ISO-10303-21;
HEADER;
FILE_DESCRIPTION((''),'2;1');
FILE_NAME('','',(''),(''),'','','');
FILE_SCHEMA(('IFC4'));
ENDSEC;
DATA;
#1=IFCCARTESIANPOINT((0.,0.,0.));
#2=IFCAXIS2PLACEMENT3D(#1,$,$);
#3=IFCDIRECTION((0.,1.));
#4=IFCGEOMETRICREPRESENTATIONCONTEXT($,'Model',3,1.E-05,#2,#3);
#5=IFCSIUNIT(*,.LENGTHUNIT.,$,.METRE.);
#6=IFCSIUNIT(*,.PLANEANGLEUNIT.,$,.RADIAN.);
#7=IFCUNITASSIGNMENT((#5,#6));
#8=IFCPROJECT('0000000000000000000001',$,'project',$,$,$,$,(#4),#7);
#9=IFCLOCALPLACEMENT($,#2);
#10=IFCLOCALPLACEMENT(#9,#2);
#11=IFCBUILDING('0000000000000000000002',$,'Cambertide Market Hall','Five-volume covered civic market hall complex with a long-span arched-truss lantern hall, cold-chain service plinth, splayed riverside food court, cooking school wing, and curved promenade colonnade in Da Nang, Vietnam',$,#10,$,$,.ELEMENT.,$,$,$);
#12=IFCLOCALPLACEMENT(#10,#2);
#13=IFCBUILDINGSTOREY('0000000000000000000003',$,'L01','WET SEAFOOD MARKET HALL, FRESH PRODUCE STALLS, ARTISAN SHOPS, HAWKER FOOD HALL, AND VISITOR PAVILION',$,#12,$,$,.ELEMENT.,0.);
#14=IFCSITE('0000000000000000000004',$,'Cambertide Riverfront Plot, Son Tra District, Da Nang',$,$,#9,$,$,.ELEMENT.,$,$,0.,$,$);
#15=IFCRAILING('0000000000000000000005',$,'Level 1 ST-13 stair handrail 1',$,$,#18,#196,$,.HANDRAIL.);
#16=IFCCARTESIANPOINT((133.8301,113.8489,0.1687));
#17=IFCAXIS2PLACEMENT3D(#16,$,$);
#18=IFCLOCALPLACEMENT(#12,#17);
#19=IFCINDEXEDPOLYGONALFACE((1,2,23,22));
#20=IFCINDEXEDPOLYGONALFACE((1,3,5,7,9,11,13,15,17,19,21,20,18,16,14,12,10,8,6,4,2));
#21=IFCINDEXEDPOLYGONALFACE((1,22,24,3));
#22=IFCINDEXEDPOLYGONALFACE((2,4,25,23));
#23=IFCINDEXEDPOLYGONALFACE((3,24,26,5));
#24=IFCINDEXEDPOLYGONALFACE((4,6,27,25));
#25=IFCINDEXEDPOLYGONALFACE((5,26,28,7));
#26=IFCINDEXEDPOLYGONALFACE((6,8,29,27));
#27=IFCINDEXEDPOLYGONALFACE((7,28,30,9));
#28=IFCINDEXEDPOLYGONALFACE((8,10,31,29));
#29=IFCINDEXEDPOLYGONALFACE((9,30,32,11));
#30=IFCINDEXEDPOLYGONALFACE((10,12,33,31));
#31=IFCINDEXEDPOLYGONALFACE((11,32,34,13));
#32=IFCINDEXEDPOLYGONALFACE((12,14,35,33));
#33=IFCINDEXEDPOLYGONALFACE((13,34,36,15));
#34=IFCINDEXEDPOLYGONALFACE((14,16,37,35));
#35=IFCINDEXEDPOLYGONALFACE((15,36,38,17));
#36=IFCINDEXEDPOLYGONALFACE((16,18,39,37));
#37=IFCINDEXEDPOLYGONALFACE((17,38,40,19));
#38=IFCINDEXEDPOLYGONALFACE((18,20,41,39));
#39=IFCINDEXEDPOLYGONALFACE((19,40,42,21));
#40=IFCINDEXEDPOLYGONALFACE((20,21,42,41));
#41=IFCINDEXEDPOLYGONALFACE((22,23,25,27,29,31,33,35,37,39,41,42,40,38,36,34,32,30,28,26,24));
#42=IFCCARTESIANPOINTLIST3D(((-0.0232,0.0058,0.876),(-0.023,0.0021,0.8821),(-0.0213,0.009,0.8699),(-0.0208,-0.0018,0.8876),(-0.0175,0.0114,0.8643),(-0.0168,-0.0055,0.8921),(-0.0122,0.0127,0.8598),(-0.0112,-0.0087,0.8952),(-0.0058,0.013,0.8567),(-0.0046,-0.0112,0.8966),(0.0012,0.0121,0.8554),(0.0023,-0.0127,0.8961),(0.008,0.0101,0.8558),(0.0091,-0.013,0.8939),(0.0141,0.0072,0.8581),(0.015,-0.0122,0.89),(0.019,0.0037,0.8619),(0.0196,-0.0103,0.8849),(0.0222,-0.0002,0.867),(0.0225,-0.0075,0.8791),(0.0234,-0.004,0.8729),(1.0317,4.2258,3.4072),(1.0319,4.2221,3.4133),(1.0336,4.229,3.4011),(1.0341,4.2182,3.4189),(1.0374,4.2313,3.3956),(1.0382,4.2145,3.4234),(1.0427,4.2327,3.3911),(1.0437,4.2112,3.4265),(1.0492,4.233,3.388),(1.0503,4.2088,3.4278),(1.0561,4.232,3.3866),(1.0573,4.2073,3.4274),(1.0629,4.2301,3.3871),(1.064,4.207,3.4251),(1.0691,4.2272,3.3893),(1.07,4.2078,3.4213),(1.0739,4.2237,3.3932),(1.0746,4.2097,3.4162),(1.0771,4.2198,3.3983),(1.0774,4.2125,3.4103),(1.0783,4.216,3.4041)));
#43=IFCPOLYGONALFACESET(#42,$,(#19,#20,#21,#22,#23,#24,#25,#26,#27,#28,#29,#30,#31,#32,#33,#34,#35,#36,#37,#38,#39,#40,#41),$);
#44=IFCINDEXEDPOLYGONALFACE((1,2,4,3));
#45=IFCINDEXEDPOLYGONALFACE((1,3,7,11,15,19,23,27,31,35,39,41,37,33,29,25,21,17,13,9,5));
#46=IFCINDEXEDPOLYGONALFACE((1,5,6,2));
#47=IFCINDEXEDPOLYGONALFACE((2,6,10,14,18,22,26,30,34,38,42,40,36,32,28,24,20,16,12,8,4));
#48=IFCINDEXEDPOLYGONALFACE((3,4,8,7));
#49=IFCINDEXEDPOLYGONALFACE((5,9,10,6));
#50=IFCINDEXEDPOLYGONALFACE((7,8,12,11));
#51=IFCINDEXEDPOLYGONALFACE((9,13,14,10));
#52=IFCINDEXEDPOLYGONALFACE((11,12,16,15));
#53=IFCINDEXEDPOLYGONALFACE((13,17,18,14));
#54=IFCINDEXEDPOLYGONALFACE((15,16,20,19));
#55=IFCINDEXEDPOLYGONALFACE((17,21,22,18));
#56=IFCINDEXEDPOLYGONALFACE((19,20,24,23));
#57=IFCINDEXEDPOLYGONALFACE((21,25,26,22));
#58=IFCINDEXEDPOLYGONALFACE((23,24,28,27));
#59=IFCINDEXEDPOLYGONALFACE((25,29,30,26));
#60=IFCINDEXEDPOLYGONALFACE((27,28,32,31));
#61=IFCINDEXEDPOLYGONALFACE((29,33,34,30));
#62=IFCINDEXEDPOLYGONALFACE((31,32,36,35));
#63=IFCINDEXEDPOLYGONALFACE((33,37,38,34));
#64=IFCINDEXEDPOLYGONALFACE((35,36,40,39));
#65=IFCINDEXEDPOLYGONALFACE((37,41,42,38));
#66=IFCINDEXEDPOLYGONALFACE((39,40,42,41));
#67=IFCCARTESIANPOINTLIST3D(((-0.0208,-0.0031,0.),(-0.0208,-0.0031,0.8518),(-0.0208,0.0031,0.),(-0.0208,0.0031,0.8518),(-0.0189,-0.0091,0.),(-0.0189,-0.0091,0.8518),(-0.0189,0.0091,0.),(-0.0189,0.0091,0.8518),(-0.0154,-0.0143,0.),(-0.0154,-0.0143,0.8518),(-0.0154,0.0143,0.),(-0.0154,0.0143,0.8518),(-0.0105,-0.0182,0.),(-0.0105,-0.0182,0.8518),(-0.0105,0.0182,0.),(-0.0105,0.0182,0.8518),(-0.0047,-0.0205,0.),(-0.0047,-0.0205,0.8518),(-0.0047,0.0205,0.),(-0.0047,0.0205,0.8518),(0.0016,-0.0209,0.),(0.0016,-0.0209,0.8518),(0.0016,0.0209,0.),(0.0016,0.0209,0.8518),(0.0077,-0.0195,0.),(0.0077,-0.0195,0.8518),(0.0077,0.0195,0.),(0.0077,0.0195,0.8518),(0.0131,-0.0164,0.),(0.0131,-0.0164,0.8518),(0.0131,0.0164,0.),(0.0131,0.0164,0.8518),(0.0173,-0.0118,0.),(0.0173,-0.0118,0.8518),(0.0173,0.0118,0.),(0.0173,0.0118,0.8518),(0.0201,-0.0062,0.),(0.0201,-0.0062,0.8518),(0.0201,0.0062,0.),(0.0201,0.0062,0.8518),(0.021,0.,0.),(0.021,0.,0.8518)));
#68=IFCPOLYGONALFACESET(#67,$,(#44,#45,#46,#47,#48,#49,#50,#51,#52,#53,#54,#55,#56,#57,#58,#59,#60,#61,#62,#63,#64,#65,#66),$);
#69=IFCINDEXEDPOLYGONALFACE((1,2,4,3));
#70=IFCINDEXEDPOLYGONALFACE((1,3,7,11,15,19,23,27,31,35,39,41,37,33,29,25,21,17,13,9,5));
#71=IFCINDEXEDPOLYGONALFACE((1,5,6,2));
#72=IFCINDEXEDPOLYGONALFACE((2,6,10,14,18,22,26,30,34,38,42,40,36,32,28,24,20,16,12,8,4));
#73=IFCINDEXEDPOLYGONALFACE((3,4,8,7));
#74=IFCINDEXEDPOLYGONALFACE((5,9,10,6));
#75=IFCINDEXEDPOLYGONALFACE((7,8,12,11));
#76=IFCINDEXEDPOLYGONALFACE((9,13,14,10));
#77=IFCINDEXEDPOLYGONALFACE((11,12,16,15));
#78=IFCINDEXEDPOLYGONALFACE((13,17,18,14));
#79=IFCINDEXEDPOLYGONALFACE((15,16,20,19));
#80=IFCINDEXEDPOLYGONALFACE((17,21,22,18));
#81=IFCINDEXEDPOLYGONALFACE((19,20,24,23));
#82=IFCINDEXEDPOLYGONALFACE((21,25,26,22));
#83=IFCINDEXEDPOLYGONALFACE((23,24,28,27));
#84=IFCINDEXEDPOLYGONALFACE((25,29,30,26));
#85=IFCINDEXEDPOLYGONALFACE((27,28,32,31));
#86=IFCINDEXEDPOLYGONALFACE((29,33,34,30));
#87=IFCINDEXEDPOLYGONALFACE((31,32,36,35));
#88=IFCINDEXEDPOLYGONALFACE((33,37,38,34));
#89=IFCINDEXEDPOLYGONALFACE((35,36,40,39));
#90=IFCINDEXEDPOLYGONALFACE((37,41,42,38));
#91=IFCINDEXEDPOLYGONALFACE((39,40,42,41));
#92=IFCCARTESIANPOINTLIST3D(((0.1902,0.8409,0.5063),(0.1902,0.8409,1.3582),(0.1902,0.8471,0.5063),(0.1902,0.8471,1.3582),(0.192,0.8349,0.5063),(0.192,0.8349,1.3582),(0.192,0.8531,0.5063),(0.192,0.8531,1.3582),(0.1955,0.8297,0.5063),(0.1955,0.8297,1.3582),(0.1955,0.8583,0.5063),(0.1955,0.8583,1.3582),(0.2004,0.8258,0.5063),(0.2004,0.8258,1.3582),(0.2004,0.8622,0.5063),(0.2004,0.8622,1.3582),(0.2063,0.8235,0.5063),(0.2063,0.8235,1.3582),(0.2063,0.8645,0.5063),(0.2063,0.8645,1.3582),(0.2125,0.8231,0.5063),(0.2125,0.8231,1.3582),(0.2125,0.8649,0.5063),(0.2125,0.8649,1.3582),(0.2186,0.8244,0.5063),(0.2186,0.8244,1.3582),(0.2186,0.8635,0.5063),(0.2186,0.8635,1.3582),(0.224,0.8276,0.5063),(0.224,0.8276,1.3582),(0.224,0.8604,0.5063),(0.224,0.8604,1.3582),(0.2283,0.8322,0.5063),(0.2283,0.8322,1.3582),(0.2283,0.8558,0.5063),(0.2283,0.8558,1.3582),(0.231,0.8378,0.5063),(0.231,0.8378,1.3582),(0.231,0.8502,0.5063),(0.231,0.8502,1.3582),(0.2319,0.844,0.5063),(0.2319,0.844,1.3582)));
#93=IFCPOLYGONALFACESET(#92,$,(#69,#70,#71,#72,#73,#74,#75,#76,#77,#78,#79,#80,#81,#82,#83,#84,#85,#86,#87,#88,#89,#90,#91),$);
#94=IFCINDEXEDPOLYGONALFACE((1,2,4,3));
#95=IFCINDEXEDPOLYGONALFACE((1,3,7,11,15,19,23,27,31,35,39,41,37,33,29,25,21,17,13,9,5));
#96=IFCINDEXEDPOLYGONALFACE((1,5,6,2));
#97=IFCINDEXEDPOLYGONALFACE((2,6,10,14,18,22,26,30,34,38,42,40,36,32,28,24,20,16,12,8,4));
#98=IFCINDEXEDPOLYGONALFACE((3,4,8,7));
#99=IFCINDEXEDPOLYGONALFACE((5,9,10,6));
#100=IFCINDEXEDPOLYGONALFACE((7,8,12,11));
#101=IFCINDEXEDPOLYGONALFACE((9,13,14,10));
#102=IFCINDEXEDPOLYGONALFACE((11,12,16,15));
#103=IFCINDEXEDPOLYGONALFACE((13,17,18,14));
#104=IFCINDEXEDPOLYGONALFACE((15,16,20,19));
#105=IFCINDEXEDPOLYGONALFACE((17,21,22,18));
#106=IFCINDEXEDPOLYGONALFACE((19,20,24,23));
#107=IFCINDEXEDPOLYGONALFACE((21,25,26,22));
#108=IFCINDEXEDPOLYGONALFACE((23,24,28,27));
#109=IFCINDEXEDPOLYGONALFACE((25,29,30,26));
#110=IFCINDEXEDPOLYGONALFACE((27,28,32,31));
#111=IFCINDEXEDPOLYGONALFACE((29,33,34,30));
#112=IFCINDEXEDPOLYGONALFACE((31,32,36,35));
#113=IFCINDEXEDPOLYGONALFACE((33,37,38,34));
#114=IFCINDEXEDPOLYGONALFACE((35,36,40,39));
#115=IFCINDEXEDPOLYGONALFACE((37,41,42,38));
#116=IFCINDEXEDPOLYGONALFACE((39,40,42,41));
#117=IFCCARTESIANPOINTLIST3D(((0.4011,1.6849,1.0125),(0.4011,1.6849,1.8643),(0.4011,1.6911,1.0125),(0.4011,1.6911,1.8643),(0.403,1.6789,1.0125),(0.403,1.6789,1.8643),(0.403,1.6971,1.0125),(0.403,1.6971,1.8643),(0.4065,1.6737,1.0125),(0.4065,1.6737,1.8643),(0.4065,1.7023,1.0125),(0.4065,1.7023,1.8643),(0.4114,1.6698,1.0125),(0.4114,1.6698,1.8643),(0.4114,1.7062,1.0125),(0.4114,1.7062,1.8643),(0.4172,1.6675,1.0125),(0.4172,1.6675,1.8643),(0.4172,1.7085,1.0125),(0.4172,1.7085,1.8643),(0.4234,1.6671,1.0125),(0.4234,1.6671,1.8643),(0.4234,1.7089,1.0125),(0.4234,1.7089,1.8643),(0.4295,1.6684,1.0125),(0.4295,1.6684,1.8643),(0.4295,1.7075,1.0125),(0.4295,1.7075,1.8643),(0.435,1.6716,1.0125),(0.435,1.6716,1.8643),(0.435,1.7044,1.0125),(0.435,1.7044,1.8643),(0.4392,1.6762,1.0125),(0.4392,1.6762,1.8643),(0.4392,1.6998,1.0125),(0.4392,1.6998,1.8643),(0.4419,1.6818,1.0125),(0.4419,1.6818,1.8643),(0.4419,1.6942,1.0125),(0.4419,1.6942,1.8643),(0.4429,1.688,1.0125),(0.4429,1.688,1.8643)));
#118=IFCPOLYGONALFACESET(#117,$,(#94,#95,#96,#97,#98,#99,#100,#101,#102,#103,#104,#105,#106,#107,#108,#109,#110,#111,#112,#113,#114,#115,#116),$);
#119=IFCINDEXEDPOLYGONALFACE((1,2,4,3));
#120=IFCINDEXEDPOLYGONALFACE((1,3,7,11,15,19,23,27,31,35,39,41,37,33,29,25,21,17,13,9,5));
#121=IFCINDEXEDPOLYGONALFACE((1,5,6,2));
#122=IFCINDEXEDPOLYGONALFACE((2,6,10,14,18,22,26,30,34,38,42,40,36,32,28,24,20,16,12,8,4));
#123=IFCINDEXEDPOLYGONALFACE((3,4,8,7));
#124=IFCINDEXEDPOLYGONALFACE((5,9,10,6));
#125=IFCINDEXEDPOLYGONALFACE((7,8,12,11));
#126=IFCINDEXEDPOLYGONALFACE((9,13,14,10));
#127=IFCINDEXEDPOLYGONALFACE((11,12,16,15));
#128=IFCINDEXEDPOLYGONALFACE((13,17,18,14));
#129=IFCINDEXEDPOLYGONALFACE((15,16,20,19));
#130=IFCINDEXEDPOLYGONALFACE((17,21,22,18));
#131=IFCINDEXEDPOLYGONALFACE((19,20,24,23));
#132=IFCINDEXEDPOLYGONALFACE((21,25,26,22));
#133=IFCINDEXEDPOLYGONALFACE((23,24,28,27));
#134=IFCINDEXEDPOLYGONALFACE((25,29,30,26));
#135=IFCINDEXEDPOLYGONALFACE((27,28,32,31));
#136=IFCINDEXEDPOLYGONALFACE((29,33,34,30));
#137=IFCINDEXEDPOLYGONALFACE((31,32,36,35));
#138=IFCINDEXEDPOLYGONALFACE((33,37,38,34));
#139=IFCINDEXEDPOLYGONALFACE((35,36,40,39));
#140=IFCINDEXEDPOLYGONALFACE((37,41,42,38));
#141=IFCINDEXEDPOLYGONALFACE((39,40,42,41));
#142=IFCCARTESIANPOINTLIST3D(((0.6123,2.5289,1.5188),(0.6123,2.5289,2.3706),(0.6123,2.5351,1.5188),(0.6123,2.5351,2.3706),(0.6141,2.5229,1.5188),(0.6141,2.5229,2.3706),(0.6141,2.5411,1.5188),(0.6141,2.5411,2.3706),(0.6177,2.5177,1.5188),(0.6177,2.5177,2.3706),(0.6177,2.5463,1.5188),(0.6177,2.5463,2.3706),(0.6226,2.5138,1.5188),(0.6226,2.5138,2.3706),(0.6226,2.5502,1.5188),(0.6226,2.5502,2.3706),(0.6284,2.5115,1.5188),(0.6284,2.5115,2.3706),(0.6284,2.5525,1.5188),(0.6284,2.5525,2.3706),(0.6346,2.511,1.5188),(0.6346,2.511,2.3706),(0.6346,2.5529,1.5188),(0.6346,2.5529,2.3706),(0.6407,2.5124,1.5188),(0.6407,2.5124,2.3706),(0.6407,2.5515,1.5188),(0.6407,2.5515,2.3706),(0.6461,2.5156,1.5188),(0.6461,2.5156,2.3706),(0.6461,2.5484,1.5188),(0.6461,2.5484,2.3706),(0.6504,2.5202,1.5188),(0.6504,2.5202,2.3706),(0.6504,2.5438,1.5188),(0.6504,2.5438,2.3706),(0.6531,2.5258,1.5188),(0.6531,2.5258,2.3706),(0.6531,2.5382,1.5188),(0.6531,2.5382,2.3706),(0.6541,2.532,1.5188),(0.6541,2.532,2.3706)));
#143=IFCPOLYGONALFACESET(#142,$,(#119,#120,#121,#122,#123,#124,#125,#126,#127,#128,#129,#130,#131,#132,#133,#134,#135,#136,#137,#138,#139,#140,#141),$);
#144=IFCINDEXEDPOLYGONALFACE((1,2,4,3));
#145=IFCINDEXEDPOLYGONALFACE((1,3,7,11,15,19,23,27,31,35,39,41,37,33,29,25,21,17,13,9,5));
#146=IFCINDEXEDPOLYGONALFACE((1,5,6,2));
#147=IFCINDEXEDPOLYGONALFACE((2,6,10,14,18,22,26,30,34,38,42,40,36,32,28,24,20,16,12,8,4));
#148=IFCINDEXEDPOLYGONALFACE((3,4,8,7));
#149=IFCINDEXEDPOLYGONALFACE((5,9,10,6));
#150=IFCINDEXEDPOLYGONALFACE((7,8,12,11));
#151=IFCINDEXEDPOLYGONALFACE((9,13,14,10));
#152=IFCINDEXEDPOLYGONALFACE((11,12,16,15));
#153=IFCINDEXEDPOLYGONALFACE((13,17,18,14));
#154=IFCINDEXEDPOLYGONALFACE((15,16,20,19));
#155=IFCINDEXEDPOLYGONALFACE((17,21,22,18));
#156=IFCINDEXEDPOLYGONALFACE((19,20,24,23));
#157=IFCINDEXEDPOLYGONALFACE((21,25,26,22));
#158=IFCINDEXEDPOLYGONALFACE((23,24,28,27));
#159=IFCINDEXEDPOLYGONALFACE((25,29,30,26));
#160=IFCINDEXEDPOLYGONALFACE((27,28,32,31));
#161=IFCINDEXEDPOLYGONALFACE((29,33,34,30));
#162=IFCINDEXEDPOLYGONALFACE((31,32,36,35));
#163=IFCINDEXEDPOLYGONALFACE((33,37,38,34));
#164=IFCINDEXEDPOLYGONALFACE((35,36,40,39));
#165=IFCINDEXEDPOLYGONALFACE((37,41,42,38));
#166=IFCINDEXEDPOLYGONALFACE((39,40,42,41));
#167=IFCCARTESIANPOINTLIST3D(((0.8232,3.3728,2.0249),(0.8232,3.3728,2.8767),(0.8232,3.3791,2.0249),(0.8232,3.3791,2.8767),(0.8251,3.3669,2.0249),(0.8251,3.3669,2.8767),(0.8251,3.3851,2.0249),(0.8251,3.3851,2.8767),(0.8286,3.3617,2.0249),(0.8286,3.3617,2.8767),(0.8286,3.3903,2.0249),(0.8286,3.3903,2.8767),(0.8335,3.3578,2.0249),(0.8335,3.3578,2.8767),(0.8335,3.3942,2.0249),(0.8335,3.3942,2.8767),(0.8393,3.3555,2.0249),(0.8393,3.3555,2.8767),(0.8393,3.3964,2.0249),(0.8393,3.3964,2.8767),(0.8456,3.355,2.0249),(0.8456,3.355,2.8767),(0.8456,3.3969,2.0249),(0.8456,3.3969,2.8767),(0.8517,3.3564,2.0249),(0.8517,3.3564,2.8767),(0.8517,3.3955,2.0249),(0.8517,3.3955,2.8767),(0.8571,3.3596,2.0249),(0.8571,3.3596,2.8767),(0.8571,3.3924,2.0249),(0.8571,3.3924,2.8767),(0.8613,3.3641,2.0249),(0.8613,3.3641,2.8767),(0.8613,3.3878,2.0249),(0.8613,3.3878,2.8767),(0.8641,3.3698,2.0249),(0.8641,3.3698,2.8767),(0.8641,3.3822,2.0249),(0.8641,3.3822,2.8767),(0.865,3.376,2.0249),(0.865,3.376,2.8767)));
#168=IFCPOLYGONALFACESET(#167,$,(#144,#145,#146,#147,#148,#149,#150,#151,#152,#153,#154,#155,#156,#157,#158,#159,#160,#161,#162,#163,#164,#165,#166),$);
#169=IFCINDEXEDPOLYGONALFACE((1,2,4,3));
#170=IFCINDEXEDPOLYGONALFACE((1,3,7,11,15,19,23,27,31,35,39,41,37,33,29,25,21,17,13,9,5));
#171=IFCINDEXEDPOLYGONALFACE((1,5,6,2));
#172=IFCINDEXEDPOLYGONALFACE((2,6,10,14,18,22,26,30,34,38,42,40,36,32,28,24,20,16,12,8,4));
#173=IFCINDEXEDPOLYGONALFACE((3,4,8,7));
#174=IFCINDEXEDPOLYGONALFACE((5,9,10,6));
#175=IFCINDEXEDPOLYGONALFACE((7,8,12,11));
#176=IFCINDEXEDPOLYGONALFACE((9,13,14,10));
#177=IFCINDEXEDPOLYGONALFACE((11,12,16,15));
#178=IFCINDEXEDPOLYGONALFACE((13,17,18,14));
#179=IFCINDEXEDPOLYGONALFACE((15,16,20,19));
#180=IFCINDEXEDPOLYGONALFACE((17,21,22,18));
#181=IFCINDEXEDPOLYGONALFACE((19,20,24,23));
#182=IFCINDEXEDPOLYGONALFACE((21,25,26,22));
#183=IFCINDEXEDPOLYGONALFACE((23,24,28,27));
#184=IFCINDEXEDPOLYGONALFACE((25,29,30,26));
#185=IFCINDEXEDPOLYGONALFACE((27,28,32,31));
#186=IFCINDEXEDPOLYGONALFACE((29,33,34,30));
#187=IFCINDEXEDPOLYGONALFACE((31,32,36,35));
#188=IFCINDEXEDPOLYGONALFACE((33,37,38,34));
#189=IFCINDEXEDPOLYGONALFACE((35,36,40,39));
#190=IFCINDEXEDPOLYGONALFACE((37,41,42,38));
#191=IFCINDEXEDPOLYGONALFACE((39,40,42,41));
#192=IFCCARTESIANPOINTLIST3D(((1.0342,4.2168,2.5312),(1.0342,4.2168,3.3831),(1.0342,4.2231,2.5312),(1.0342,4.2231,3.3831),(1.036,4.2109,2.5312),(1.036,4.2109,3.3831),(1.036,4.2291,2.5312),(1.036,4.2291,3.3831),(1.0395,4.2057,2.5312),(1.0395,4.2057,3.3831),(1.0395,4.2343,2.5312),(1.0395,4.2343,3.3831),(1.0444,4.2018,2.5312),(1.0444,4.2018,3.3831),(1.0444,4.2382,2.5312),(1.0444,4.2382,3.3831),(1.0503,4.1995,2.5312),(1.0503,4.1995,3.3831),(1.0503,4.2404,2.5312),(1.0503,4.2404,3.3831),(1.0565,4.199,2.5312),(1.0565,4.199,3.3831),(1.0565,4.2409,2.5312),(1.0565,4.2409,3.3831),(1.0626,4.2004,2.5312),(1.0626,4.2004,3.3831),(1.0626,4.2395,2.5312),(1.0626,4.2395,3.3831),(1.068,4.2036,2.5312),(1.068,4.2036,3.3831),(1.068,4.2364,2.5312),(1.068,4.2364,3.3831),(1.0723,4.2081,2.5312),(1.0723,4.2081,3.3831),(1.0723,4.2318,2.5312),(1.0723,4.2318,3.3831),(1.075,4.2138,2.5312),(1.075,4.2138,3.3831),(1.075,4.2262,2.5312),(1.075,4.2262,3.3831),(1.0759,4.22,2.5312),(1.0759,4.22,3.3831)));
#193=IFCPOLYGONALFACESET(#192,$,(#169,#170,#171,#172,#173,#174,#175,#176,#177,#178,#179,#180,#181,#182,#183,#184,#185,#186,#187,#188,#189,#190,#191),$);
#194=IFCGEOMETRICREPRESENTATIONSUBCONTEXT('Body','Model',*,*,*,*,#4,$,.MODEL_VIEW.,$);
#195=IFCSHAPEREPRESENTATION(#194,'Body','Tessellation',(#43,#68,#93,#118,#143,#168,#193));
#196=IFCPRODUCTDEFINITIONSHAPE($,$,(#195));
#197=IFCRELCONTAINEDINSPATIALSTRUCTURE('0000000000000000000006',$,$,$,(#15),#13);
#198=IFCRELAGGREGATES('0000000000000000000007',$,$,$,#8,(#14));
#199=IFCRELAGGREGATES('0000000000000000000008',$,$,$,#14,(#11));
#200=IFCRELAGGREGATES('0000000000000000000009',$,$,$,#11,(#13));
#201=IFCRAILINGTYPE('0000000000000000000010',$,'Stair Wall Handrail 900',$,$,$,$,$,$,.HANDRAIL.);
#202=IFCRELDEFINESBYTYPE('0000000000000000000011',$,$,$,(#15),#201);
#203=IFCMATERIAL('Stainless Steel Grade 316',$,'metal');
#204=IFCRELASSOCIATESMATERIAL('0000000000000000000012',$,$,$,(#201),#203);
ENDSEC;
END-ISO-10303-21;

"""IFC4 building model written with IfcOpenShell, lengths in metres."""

from ifc_helpers import new_model, si_unit, direction, frame, origin, origin_2d, place, context, subcontext, project, spatial, circle, extrude, material, type_object, element, save


model = new_model("IFC4")

# Units and contexts
model_context = context("Model", 3, precision=1e-05, world=origin(), true_north=direction((0.0, 1.0)))
body_context = subcontext(model_context, "Body", "Model", "MODEL_VIEW")
ifc_project = project(units=[si_unit("LENGTHUNIT", "METRE"), si_unit("PLANEANGLEUNIT", "RADIAN")], contexts=[model_context])

# Site, building, storey
site_placement = place(None, origin())
site = spatial("IfcSite", under=ifc_project, at=site_placement, Name="Cambertide Riverfront Plot, Son Tra District, Da Nang", CompositionType="ELEMENT", RefElevation=0.0)
building_placement = place(site_placement, origin())
building = spatial("IfcBuilding", under=site, at=building_placement, Name="Cambertide Market Hall", Description="Five-volume covered civic market hall complex with a long-span arched-truss lantern hall, cold-chain service plinth, splayed riverside food court, cooking school wing, and curved promenade colonnade in Da Nang, Vietnam", CompositionType="ELEMENT")
storey_placement = place(building_placement, origin())
storey = spatial("IfcBuildingStorey", under=building, at=storey_placement, Name="L01", Description="WET SEAFOOD MARKET HALL, FRESH PRODUCE STALLS, ARTISAN SHOPS, HAWKER FOOD HALL, AND VISITOR PAVILION", CompositionType="ELEMENT", Elevation=0.0)

# Railing
ifc_material_1 = material(Name="Stainless Steel Grade 316", Category="metal")
railing_type_1 = type_object("IfcRailingType", Name="Stair Wall Handrail 900", PredefinedType="HANDRAIL", material=ifc_material_1)
railing_1_placement = place(storey_placement, frame((133.8301, 113.8489, 0.1687)))
element("IfcRailing", 1, at=railing_1_placement, inside=storey, type_object=railing_type_1, Name="Level 1 ST-13 stair handrail 1", PredefinedType="HANDRAIL", context=body_context, shape_type="SweptSolid", body=[
    extrude(circle(Radius=0.0239, at=origin_2d()), frame((0.0, 0.0, 0.876), z_axis=(0.209615, 0.838507, 0.502959), x_axis=(-0.970146, 0.242522, 0.0)), (0.0, 0.0, 1.0), 5.0327),
    extrude(circle(Radius=0.021, at=origin_2d()), origin(), (0.0, 0.0, 1.0), 0.8518),
    extrude(circle(Radius=0.021, at=origin_2d()), frame((0.2109, 0.844, 0.5063)), (0.0, 0.0, 1.0), 0.8518),
    extrude(circle(Radius=0.021, at=origin_2d()), frame((0.4219, 1.688, 1.0125)), (0.0, 0.0, 1.0), 0.8518),
    extrude(circle(Radius=0.021, at=origin_2d()), frame((0.6331, 2.532, 1.5188)), (0.0, 0.0, 1.0), 0.8518),
    extrude(circle(Radius=0.021, at=origin_2d()), frame((0.844, 3.376, 2.0249)), (0.0, 0.0, 1.0), 0.8518),
    extrude(circle(Radius=0.021, at=origin_2d()), frame((1.0549, 4.22, 2.5312)), (0.0, 0.0, 1.0), 0.8518),
])

save(model, "model.ifc")
